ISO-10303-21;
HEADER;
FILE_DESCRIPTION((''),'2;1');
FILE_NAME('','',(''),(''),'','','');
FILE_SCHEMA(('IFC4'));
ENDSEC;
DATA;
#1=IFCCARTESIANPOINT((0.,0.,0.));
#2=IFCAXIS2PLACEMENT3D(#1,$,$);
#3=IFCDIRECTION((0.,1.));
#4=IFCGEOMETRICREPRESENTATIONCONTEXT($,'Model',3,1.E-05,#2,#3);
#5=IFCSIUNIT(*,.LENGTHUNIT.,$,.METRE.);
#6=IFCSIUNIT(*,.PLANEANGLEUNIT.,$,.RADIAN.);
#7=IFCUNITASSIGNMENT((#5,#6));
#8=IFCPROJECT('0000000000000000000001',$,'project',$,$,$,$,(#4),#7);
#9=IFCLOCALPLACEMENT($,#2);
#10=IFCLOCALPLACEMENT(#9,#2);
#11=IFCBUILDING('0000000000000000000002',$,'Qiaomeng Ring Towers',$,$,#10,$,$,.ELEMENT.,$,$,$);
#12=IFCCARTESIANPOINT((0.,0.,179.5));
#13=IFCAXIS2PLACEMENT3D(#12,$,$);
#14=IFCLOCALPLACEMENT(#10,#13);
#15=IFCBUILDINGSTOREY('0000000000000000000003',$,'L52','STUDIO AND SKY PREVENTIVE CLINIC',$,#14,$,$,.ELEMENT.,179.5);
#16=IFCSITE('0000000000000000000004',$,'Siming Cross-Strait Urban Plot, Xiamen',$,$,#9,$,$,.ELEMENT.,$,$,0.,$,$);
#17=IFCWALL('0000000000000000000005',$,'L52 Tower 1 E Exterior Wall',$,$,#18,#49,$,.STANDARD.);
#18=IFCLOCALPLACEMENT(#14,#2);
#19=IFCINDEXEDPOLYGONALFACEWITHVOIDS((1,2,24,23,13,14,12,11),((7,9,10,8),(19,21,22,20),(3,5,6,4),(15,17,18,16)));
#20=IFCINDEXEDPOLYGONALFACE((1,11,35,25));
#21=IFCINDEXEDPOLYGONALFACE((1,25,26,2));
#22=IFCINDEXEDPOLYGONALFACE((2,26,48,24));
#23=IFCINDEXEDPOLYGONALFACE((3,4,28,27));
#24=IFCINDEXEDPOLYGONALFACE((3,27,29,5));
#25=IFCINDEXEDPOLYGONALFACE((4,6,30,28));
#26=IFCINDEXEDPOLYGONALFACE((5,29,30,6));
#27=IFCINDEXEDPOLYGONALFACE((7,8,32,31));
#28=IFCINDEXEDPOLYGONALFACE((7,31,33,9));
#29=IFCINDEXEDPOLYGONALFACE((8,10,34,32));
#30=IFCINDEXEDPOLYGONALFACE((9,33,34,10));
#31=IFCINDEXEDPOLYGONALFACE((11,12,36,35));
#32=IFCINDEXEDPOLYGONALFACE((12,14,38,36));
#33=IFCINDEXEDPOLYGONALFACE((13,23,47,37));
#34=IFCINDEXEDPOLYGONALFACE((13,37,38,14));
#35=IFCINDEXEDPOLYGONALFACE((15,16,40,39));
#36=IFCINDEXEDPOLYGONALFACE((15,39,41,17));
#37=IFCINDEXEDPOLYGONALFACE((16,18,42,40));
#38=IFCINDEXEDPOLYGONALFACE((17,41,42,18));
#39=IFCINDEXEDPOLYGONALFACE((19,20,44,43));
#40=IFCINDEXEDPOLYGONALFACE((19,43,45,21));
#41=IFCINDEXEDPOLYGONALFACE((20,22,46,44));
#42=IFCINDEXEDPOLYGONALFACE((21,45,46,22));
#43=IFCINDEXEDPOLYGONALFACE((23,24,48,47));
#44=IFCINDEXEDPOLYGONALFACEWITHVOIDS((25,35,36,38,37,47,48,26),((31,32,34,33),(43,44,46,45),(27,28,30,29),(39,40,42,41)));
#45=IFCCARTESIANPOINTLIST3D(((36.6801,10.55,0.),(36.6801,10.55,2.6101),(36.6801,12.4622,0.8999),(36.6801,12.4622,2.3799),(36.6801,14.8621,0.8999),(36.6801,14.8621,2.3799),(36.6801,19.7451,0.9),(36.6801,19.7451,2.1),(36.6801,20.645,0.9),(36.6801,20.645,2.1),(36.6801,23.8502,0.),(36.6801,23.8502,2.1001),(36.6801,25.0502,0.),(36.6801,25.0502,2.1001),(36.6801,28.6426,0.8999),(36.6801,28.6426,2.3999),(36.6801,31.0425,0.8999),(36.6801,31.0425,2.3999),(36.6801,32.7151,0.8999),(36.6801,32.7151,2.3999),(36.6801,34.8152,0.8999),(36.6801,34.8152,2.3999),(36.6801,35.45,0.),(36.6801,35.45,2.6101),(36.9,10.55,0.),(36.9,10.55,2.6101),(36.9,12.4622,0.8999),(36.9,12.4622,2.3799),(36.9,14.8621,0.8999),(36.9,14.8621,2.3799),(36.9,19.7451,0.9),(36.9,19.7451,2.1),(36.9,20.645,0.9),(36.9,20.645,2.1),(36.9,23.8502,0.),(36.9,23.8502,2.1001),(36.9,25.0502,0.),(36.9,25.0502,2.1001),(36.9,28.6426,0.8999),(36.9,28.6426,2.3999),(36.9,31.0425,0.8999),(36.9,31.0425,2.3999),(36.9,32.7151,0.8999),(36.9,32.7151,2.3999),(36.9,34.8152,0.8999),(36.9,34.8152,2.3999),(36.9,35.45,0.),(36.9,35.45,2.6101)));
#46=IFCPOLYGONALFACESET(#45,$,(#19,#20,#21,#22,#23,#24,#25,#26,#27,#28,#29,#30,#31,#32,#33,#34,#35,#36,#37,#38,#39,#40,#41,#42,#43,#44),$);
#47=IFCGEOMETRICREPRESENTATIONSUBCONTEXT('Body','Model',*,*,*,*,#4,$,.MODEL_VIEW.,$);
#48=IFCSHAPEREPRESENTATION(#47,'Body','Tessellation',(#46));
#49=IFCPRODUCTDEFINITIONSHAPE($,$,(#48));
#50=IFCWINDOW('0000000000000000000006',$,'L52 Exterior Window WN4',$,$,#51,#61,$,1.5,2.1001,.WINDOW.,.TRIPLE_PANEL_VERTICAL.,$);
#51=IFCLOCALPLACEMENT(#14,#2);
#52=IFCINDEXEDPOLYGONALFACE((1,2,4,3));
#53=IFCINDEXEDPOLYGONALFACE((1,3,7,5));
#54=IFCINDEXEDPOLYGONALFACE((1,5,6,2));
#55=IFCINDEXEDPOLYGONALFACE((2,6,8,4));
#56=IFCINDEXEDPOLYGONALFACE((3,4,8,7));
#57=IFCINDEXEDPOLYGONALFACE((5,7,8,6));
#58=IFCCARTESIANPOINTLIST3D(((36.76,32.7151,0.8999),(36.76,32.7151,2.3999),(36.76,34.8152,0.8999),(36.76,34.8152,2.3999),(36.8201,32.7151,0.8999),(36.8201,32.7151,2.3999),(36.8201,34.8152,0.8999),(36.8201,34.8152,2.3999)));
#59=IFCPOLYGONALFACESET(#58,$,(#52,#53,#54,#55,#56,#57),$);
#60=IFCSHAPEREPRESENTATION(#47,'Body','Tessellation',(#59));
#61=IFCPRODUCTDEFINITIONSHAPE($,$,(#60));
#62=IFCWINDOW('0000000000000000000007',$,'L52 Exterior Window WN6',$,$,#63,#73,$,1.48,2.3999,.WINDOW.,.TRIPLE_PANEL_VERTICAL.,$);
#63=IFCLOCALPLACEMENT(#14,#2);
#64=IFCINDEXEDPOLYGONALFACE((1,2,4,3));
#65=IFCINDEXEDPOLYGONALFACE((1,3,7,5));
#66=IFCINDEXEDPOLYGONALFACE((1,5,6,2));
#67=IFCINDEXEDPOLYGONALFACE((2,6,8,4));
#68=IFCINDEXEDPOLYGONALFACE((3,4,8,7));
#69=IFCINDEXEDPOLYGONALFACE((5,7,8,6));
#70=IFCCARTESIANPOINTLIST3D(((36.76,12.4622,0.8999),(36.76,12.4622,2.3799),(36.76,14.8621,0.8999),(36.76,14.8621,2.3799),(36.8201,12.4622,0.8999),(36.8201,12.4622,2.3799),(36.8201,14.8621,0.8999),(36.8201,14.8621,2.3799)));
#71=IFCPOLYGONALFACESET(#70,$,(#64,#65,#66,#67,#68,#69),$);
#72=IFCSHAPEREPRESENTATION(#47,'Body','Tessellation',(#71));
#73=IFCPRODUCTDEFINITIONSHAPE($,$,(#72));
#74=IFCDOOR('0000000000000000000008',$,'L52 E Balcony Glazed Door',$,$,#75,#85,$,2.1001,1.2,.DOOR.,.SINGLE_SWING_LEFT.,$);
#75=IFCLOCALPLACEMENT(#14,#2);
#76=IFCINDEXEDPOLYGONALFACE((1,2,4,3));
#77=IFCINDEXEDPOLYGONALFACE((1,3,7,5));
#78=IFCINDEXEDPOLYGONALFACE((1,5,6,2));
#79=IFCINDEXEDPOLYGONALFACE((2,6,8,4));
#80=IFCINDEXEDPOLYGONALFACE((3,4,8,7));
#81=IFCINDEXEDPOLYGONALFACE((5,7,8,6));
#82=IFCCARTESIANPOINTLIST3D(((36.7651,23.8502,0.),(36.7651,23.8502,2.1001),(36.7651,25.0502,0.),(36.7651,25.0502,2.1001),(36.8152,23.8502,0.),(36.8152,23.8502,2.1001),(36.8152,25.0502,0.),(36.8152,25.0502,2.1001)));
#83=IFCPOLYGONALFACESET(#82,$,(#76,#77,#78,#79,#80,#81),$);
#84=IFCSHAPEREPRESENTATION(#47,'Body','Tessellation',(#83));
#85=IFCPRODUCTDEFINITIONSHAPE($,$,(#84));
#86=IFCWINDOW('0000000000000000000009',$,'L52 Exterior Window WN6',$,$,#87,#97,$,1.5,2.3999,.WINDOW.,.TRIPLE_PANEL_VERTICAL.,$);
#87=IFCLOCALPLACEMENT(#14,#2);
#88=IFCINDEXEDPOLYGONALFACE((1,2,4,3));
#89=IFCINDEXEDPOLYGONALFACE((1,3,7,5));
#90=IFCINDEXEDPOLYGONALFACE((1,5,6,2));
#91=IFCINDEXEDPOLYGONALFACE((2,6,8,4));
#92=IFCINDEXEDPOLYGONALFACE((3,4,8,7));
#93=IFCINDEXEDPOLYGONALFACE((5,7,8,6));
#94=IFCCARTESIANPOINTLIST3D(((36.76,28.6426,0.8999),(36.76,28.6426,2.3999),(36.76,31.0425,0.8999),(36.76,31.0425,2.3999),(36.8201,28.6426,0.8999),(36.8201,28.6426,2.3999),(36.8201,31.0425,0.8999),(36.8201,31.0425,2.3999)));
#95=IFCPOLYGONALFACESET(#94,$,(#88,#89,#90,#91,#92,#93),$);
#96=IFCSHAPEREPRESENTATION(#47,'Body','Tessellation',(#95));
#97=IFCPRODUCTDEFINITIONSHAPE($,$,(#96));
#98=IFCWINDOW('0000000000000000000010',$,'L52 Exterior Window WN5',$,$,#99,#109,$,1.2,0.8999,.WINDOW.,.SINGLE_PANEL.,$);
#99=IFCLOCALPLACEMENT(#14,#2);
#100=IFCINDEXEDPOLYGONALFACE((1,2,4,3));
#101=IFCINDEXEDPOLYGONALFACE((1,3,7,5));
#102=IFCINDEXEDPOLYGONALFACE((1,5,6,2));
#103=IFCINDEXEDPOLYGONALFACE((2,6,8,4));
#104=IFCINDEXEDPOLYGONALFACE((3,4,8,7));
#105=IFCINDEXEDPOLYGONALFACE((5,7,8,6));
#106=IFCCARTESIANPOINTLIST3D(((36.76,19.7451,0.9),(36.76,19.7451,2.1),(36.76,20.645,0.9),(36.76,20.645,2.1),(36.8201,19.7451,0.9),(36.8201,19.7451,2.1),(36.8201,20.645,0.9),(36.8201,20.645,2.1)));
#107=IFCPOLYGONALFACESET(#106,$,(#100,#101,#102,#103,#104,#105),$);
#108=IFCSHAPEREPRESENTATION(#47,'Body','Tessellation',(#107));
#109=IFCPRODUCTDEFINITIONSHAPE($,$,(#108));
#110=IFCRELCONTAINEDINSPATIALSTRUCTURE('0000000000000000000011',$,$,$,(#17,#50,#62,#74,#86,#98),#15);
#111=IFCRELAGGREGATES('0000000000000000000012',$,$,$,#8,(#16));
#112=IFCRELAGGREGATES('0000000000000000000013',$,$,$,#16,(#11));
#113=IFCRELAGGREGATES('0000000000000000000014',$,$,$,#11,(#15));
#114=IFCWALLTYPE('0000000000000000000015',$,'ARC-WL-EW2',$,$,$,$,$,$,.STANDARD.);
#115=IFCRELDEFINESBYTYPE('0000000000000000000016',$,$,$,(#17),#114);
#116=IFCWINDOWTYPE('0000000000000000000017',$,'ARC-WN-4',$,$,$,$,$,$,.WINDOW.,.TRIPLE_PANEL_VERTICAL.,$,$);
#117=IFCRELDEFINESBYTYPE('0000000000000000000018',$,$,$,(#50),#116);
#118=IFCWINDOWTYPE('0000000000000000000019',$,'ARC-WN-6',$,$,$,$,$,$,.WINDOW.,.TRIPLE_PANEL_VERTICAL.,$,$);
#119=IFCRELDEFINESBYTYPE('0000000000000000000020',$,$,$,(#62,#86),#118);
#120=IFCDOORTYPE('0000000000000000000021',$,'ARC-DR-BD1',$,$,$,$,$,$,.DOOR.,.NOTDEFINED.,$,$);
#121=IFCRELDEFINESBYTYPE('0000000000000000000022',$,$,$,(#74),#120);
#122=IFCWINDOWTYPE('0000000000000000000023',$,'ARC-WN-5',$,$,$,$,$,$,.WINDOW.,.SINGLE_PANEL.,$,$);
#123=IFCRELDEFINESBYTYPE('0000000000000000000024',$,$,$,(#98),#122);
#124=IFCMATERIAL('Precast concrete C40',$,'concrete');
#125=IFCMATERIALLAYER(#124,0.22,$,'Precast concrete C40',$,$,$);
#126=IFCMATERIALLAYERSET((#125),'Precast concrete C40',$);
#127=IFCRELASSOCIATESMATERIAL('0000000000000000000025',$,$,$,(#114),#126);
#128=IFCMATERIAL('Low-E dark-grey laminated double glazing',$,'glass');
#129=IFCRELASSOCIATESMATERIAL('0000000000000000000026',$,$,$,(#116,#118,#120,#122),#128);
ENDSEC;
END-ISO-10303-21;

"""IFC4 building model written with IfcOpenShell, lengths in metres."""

from ifc_helpers import new_model, si_unit, direction, frame, frame_2d, origin, place, context, subcontext, project, spatial, rectangle, extrude, source, transform, mapped, material, layer, layer_set, type_object, element, fill, save


model = new_model("IFC4")

# Units and contexts
model_context = context("Model", 3, precision=1e-05, world=origin(), true_north=direction((0.0, 1.0)))
body_context = subcontext(model_context, "Body", "Model", "MODEL_VIEW")
ifc_project = project(units=[si_unit("LENGTHUNIT", "METRE"), si_unit("PLANEANGLEUNIT", "RADIAN")], contexts=[model_context])

# Site, building, storey
site_placement = place(None, origin())
site = spatial("IfcSite", under=ifc_project, at=site_placement, Name="Siming Cross-Strait Urban Plot, Xiamen", CompositionType="ELEMENT", RefElevation=0.0)
building_placement = place(site_placement, origin())
building = spatial("IfcBuilding", under=site, at=building_placement, Name="Qiaomeng Ring Towers", CompositionType="ELEMENT")
storey_placement = place(building_placement, frame((0.0, 0.0, 179.5)))
storey = spatial("IfcBuildingStorey", under=building, at=storey_placement, Name="L52", Description="STUDIO AND SKY PREVENTIVE CLINIC", CompositionType="ELEMENT", Elevation=179.5)

# Shared definitions
ifc_material_1 = material(Name="Low-E dark-grey laminated double glazing", Category="glass")

# Wall, openings, windows, door
ifc_material_2 = material(Name="Precast concrete C40", Category="concrete")
ifc_layer_1 = layer(ifc_material_2, 0.22, Name="Precast concrete C40")
ifc_layer_set_1 = layer_set([ifc_layer_1], Name="Precast concrete C40")
wall_type_1 = type_object("IfcWallType", Name="ARC-WL-EW2", PredefinedType="STANDARD", material=ifc_layer_set_1)
wall_1_placement = place(storey_placement, frame((36.79, 10.55, 0.0), z_axis=(0.0, 0.0, 1.0), x_axis=(0.0, 1.0, 0.0)))
wall_1 = element("IfcWall", 1, at=wall_1_placement, inside=storey, type_object=wall_type_1, Name="L52 Tower 1 E Exterior Wall", PredefinedType="STANDARD", context=body_context, shape_type="SweptSolid", body=[
    extrude(rectangle(XDim=24.8999, YDim=0.22, at=frame_2d((12.45, 0.0))), origin(), (0.0, 0.0, 1.0), 2.6101),
])
opening_1_placement = place(wall_1_placement, frame((13.3, 0.0, 0.0)))
opening_1 = element("IfcOpeningElement", 2, at=opening_1_placement, cuts=wall_1, PredefinedType="OPENING", context=body_context, shape_type="SweptSolid", body=[
    extrude(rectangle(XDim=1.2, YDim=2.1001, at=frame_2d((0.6001, 1.05))), frame((0.0, 0.1199, 0.0), z_axis=(0.0, -1.0, 0.0), x_axis=(1.0, 0.0, 0.0)), (0.0, 0.0, 1.0), 0.24),
])
opening_2_placement = place(wall_1_placement, frame((1.9121, 0.0, 0.8999)))
opening_2 = element("IfcOpeningElement", 3, at=opening_2_placement, cuts=wall_1, PredefinedType="OPENING", context=body_context, shape_type="SweptSolid", body=[
    extrude(rectangle(XDim=2.3999, YDim=1.48, at=frame_2d((1.2, 0.74))), frame((0.0, 0.1199, 0.0), z_axis=(0.0, -1.0, 0.0), x_axis=(1.0, 0.0, 0.0)), (0.0, 0.0, 1.0), 0.24),
])
opening_3_placement = place(wall_1_placement, frame((22.165, 0.0, 0.8999)))
opening_3 = element("IfcOpeningElement", 4, at=opening_3_placement, cuts=wall_1, PredefinedType="OPENING", context=body_context, shape_type="SweptSolid", body=[
    extrude(rectangle(XDim=2.1001, YDim=1.5, at=frame_2d((1.05, 0.75))), frame((0.0, 0.1199, 0.0), z_axis=(0.0, -1.0, 0.0), x_axis=(1.0, 0.0, 0.0)), (0.0, 0.0, 1.0), 0.24),
])
opening_4_placement = place(wall_1_placement, frame((18.0925, 0.0, 0.8999)))
opening_4 = element("IfcOpeningElement", 5, at=opening_4_placement, cuts=wall_1, PredefinedType="OPENING", context=body_context, shape_type="SweptSolid", body=[
    extrude(rectangle(XDim=2.3999, YDim=1.5, at=frame_2d((1.2, 0.75))), frame((0.0, 0.1199, 0.0), z_axis=(0.0, -1.0, 0.0), x_axis=(1.0, 0.0, 0.0)), (0.0, 0.0, 1.0), 0.24),
])
opening_5_placement = place(wall_1_placement, frame((9.1951, 0.0, 0.8999)))
opening_5 = element("IfcOpeningElement", 6, at=opening_5_placement, cuts=wall_1, PredefinedType="OPENING", context=body_context, shape_type="SweptSolid", body=[
    extrude(rectangle(XDim=0.8999, YDim=1.2, at=frame_2d((0.45, 0.6001))), frame((0.0, 0.1199, 0.0), z_axis=(0.0, -1.0, 0.0), x_axis=(1.0, 0.0, 0.0)), (0.0, 0.0, 1.0), 0.24),
])
window_type_1 = type_object("IfcWindowType", Name="ARC-WN-4", PartitioningType="TRIPLE_PANEL_VERTICAL", PredefinedType="WINDOW", material=ifc_material_1)
shared_shape_1 = source(origin(), body_context, "Body", "SweptSolid", [
    extrude(rectangle(XDim=2.1001, YDim=1.5, at=frame_2d((1.05, 0.75))), frame((0.0, 0.03, 0.0), z_axis=(0.0, -1.0, 0.0), x_axis=(1.0, 0.0, 0.0)), (0.0, 0.0, 1.0), 0.0601),
])
window_1_placement = place(opening_3_placement, origin())
window_1 = element("IfcWindow", 7, at=window_1_placement, inside=storey, type_object=window_type_1, Name="L52 Exterior Window WN4", OverallHeight=1.5, OverallWidth=2.1001, PartitioningType="TRIPLE_PANEL_VERTICAL", PredefinedType="WINDOW", context=body_context, shape_type="MappedRepresentation", body=[
    mapped(shared_shape_1, transform((0.0, 0.0, 0.0), x_axis=(1.0, 0.0, 0.0), y_axis=(0.0, 1.0, 0.0), z_axis=(0.0, 0.0, 1.0), scale=1.0)),
])
fill(opening_3, window_1)
window_type_2 = type_object("IfcWindowType", Name="ARC-WN-6", PartitioningType="TRIPLE_PANEL_VERTICAL", PredefinedType="WINDOW", material=ifc_material_1)
shared_shape_2 = source(origin(), body_context, "Body", "SweptSolid", [
    extrude(rectangle(XDim=2.3999, YDim=1.48, at=frame_2d((1.2, 0.74))), frame((0.0, 0.03, 0.0), z_axis=(0.0, -1.0, 0.0), x_axis=(1.0, 0.0, 0.0)), (0.0, 0.0, 1.0), 0.0601),
])
window_2_placement = place(opening_2_placement, origin())
window_2 = element("IfcWindow", 8, at=window_2_placement, inside=storey, type_object=window_type_2, Name="L52 Exterior Window WN6", OverallHeight=1.48, OverallWidth=2.3999, PartitioningType="TRIPLE_PANEL_VERTICAL", PredefinedType="WINDOW", context=body_context, shape_type="MappedRepresentation", body=[
    mapped(shared_shape_2, transform((0.0, 0.0, 0.0), x_axis=(1.0, 0.0, 0.0), y_axis=(0.0, 1.0, 0.0), z_axis=(0.0, 0.0, 1.0), scale=1.0)),
])
fill(opening_2, window_2)
door_type_1 = type_object("IfcDoorType", Name="ARC-DR-BD1", OperationType="NOTDEFINED", PredefinedType="DOOR", material=ifc_material_1)
shared_shape_3 = source(origin(), body_context, "Body", "SweptSolid", [
    extrude(rectangle(XDim=1.2, YDim=2.1001, at=frame_2d((0.6001, 1.05))), frame((0.0, 0.0249, 0.0), z_axis=(0.0, -1.0, 0.0), x_axis=(1.0, 0.0, 0.0)), (0.0, 0.0, 1.0), 0.05),
])
door_1_placement = place(opening_1_placement, origin())
door_1 = element("IfcDoor", 9, at=door_1_placement, inside=storey, type_object=door_type_1, Name="L52 E Balcony Glazed Door", OperationType="SINGLE_SWING_LEFT", OverallHeight=2.1001, OverallWidth=1.2, PredefinedType="DOOR", context=body_context, shape_type="MappedRepresentation", body=[
    mapped(shared_shape_3, transform((0.0, 0.0, 0.0), x_axis=(1.0, 0.0, 0.0), y_axis=(0.0, 1.0, 0.0), z_axis=(0.0, 0.0, 1.0), scale=1.0)),
])
fill(opening_1, door_1)
shared_shape_4 = source(origin(), body_context, "Body", "SweptSolid", [
    extrude(rectangle(XDim=2.3999, YDim=1.5, at=frame_2d((1.2, 0.75))), frame((0.0, 0.03, 0.0), z_axis=(0.0, -1.0, 0.0), x_axis=(1.0, 0.0, 0.0)), (0.0, 0.0, 1.0), 0.0601),
])
window_3_placement = place(opening_4_placement, origin())
window_3 = element("IfcWindow", 10, at=window_3_placement, inside=storey, type_object=window_type_2, Name="L52 Exterior Window WN6", OverallHeight=1.5, OverallWidth=2.3999, PartitioningType="TRIPLE_PANEL_VERTICAL", PredefinedType="WINDOW", context=body_context, shape_type="MappedRepresentation", body=[
    mapped(shared_shape_4, transform((0.0, 0.0, 0.0), x_axis=(1.0, 0.0, 0.0), y_axis=(0.0, 1.0, 0.0), z_axis=(0.0, 0.0, 1.0), scale=1.0)),
])
fill(opening_4, window_3)
window_type_3 = type_object("IfcWindowType", Name="ARC-WN-5", PartitioningType="SINGLE_PANEL", PredefinedType="WINDOW", material=ifc_material_1)
shared_shape_5 = source(origin(), body_context, "Body", "SweptSolid", [
    extrude(rectangle(XDim=0.8999, YDim=1.2, at=frame_2d((0.45, 0.6001))), frame((0.0, 0.03, 0.0), z_axis=(0.0, -1.0, 0.0), x_axis=(1.0, 0.0, 0.0)), (0.0, 0.0, 1.0), 0.0601),
])
window_4_placement = place(opening_5_placement, origin())
window_4 = element("IfcWindow", 11, at=window_4_placement, inside=storey, type_object=window_type_3, Name="L52 Exterior Window WN5", OverallHeight=1.2, OverallWidth=0.8999, PartitioningType="SINGLE_PANEL", PredefinedType="WINDOW", context=body_context, shape_type="MappedRepresentation", body=[
    mapped(shared_shape_5, transform((0.0, 0.0, 0.0), x_axis=(1.0, 0.0, 0.0), y_axis=(0.0, 1.0, 0.0), z_axis=(0.0, 0.0, 1.0), scale=1.0)),
])
fill(opening_5, window_4)

save(model, "model.ifc")
